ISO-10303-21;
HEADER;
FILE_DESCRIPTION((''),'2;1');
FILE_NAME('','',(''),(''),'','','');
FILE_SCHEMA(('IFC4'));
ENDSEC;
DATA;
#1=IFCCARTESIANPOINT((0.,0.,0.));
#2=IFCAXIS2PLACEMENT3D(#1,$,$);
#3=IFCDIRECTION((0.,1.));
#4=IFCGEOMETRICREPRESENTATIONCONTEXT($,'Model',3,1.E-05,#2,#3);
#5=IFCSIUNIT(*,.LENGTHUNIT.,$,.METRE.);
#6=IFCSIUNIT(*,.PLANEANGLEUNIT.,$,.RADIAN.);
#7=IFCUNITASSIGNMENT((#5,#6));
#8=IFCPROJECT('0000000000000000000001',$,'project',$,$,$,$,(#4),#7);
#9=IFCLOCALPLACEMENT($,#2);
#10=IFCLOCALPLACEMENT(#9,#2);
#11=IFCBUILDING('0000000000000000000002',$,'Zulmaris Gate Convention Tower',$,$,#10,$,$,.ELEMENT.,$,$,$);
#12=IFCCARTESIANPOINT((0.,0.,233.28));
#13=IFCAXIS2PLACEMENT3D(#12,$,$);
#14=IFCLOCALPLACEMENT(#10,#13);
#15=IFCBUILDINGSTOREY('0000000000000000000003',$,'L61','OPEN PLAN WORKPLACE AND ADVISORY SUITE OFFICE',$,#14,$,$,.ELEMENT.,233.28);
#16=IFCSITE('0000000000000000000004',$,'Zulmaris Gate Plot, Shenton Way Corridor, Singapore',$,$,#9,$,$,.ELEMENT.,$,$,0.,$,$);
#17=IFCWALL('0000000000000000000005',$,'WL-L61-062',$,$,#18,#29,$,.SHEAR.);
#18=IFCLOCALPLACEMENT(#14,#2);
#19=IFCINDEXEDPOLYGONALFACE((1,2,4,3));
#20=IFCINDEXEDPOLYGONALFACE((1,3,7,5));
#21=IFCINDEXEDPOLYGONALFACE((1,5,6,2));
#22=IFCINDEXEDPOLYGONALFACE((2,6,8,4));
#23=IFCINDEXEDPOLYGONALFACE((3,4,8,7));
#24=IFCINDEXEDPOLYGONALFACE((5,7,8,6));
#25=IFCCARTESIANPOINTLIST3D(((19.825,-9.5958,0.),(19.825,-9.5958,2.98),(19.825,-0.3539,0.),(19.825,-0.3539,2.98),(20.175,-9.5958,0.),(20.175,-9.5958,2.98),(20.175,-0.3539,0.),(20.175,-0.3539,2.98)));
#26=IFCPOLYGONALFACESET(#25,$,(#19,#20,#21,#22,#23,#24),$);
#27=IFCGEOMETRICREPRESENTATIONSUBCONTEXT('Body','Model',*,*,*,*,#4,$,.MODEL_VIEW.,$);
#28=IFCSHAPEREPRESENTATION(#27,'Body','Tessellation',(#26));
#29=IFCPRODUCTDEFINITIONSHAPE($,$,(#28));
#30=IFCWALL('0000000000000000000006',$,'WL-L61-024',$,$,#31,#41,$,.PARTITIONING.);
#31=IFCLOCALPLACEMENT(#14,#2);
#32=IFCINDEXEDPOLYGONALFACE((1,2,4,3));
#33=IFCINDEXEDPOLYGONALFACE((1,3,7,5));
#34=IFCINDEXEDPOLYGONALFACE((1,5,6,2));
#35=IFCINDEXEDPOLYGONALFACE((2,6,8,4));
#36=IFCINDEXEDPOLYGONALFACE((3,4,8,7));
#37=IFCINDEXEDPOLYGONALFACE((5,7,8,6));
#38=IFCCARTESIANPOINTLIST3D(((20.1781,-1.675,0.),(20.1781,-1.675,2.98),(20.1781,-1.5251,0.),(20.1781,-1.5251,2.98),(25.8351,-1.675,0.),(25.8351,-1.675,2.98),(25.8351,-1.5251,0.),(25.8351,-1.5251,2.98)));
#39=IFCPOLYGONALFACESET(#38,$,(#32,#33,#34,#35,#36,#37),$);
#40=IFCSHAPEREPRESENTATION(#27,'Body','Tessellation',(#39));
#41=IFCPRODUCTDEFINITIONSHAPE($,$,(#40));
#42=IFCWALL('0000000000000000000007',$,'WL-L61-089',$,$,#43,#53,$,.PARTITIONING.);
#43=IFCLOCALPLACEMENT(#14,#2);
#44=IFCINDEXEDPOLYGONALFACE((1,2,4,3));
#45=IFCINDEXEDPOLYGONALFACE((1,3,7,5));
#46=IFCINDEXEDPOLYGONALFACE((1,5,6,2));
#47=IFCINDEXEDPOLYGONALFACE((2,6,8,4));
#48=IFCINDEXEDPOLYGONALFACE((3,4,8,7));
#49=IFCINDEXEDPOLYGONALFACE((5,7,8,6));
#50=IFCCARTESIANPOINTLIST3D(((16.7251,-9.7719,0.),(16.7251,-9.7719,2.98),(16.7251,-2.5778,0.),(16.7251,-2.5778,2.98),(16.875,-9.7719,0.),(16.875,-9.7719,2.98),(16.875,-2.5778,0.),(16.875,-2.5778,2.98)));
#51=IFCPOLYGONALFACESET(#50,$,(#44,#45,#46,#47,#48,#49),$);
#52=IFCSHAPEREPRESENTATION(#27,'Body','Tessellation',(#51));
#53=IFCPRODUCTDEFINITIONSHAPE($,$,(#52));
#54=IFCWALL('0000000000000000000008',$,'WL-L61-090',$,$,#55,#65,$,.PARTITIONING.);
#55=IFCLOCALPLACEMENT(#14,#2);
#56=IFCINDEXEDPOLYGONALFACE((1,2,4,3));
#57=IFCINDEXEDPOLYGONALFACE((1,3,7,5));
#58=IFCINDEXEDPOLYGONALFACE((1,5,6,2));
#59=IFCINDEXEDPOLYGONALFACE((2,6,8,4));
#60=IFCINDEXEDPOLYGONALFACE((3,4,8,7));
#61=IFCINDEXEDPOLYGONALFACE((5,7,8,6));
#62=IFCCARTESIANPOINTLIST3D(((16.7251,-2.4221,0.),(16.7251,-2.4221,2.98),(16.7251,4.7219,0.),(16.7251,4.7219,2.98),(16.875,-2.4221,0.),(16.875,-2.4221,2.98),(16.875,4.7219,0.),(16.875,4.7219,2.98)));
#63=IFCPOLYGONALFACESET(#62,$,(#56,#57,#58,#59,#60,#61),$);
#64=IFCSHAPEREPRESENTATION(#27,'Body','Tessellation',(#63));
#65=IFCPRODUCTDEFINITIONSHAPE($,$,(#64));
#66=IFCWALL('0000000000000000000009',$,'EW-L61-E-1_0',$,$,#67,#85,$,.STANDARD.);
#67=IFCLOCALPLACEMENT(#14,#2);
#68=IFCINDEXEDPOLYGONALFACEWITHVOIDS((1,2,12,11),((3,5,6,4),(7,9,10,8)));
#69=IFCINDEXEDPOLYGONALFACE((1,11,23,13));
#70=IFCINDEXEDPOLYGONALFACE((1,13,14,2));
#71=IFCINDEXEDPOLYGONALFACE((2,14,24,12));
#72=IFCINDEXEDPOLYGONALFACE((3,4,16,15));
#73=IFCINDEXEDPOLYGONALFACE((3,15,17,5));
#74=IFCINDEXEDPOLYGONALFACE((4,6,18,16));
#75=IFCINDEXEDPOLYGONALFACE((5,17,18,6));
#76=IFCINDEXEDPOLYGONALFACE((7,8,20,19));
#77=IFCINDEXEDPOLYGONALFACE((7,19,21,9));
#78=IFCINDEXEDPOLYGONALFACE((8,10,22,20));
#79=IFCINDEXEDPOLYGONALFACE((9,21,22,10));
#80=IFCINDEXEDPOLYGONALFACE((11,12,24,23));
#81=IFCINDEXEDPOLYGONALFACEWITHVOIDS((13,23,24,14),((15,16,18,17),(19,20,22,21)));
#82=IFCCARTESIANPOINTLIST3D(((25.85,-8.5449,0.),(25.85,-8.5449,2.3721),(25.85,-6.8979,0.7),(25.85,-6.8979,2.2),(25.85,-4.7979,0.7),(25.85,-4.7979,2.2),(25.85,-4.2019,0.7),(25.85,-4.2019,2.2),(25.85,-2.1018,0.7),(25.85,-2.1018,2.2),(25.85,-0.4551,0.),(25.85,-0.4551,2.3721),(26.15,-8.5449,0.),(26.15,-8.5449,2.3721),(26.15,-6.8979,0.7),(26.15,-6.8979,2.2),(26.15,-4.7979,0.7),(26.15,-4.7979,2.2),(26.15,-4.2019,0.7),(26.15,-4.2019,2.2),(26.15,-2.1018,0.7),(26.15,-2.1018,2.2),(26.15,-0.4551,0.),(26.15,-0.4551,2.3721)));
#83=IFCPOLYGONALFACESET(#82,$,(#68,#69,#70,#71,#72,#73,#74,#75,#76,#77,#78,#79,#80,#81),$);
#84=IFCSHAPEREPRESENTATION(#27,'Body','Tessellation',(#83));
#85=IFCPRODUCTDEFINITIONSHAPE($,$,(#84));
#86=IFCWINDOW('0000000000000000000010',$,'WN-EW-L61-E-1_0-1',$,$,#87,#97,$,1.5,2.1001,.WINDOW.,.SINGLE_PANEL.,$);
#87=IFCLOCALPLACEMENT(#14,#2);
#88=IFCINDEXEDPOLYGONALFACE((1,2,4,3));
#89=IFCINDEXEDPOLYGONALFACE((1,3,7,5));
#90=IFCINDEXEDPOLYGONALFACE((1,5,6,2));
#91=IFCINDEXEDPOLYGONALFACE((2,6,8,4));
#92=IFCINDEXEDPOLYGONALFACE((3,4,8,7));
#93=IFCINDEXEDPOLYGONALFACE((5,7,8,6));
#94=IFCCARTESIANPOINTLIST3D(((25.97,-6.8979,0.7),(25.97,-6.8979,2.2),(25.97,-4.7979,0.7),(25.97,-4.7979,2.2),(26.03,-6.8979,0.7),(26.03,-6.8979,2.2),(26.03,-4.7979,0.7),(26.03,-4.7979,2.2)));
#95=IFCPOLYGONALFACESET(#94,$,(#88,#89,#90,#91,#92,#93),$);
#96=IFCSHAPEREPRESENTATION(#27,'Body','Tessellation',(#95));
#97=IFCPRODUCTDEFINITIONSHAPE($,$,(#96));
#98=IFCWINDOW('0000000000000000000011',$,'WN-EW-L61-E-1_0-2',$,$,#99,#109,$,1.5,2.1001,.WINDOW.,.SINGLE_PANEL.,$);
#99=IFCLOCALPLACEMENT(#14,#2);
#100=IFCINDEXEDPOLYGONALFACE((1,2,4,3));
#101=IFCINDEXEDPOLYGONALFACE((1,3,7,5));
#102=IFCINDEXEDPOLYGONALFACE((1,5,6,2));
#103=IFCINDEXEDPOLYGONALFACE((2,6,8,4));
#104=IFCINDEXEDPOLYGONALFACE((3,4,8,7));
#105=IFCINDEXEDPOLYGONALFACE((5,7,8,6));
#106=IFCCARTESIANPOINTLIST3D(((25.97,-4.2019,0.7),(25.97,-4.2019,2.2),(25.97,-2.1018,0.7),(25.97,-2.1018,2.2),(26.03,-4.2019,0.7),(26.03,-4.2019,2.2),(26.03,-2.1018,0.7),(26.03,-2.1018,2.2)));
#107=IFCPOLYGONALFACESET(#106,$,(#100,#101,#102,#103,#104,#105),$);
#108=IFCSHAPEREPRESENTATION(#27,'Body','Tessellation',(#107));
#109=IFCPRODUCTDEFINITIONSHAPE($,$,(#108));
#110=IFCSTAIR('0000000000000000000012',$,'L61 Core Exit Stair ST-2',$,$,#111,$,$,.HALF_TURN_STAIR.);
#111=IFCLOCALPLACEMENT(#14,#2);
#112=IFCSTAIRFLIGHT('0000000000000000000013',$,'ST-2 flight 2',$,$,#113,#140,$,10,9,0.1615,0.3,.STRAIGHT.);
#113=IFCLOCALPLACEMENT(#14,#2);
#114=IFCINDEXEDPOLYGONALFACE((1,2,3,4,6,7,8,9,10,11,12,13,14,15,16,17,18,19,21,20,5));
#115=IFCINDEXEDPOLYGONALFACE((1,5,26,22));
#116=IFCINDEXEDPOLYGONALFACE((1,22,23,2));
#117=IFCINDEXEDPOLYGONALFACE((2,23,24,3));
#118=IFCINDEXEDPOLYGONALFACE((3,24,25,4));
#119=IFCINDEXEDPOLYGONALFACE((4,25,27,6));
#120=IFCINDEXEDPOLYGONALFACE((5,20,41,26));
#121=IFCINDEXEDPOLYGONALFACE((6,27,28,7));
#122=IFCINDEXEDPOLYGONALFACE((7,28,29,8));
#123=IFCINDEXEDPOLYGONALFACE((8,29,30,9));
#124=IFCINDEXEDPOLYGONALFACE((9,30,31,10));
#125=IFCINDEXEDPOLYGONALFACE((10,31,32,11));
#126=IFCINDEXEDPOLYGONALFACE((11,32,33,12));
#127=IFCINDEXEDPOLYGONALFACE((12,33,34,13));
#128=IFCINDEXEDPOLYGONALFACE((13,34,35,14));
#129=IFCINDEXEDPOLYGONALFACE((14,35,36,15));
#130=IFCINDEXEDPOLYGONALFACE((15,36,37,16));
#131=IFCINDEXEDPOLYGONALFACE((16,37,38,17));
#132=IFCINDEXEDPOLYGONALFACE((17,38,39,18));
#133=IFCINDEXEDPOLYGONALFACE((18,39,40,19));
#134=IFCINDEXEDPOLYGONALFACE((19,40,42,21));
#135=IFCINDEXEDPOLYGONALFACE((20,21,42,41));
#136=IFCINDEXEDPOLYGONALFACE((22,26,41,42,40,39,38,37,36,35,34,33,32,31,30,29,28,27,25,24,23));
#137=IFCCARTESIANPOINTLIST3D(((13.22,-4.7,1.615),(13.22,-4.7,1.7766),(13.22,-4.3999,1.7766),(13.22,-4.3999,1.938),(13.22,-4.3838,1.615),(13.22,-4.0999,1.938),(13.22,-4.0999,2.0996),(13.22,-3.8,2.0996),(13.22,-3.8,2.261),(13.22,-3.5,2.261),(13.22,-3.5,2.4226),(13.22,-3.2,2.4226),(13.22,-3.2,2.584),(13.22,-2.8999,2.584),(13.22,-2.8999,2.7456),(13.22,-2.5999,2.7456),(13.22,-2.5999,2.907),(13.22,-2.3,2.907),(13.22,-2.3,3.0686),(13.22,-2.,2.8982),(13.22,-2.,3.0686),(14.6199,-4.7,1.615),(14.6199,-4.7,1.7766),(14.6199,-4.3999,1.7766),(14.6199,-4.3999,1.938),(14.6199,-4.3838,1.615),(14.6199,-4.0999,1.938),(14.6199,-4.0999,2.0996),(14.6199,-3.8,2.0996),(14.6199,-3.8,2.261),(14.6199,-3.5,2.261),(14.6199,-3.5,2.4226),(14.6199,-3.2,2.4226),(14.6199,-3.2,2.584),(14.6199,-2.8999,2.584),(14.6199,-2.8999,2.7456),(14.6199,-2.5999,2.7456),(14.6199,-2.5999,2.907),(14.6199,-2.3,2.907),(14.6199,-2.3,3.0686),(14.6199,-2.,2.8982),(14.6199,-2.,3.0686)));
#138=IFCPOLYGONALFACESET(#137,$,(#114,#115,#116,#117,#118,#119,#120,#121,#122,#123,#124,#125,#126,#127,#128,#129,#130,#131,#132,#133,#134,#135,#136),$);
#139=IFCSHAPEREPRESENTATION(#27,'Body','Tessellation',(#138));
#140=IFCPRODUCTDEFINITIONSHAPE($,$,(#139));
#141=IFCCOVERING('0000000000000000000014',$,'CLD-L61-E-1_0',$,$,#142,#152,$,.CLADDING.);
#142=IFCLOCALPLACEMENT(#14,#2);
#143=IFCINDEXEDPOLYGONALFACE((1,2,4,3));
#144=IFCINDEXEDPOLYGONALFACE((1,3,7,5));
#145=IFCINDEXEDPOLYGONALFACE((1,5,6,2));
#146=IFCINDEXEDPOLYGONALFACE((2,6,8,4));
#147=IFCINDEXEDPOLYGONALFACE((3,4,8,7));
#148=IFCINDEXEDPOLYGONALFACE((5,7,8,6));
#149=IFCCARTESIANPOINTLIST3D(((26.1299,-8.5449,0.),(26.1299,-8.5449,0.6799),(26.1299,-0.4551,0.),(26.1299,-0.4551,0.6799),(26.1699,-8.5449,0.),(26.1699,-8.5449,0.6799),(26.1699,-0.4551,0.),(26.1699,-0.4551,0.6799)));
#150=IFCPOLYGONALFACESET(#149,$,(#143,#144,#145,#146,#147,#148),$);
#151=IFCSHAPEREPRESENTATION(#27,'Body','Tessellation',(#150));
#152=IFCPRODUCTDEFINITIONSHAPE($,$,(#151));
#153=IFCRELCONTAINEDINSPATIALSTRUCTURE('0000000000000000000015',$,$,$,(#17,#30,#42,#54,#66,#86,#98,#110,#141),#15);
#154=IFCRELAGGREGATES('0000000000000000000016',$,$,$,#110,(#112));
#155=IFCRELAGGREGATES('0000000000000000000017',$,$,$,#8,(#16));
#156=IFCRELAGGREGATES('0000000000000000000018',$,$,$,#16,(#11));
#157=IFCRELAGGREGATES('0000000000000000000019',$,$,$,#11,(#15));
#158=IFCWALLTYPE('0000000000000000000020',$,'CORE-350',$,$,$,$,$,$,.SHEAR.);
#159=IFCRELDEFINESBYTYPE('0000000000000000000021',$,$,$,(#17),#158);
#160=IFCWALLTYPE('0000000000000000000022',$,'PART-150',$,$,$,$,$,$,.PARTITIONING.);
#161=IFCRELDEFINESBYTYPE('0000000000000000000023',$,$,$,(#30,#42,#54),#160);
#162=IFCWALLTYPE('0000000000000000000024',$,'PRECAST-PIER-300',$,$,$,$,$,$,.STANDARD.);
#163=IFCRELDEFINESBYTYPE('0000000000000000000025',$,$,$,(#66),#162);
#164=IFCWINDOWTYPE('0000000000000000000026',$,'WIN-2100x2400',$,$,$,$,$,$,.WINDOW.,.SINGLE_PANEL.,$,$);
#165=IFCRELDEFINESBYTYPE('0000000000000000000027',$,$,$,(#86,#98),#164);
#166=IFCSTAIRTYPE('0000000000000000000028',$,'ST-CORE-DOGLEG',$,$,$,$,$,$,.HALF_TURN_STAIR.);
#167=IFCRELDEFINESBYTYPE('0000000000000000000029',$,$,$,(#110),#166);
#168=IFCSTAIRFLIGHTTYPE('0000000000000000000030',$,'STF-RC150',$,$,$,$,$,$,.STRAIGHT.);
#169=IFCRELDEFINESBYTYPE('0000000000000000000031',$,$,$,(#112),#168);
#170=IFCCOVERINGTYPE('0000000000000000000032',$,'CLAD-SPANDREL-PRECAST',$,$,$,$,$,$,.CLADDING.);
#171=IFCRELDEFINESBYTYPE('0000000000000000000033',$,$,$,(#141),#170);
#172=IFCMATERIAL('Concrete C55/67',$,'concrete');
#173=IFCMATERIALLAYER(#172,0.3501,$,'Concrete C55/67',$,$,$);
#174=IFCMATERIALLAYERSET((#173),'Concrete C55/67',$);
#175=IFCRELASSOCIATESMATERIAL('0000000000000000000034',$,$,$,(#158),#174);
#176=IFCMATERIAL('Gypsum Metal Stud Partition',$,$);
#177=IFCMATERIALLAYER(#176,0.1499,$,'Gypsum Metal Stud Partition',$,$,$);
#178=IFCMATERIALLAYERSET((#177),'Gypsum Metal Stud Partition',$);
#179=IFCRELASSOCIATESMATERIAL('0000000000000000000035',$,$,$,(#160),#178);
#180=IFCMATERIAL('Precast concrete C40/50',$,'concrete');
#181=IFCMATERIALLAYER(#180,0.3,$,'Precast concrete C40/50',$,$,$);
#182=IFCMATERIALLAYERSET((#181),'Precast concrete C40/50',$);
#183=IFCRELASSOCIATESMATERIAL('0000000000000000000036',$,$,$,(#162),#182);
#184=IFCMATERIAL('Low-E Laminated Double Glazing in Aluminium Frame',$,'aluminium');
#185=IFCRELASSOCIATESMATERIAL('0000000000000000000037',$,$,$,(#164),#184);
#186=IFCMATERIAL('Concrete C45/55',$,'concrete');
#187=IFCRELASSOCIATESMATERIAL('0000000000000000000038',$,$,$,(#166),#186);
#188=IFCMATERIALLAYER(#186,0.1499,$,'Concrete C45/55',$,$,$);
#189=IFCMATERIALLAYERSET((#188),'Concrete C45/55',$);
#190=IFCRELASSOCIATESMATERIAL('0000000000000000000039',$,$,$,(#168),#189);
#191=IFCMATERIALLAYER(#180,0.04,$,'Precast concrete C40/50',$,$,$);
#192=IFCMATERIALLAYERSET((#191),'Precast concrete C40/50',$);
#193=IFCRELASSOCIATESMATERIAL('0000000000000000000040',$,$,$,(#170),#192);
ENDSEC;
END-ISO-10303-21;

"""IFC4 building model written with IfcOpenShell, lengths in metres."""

from ifc_helpers import new_model, si_unit, direction, frame, frame_2d, origin, place, context, subcontext, project, spatial, polyline, rectangle, outline, extrude, material, layer, layer_set, type_object, element, fill, aggregate, save


model = new_model("IFC4")

# Units and contexts
model_context = context("Model", 3, precision=1e-05, world=origin(), true_north=direction((0.0, 1.0)))
body_context = subcontext(model_context, "Body", "Model", "MODEL_VIEW")
ifc_project = project(units=[si_unit("LENGTHUNIT", "METRE"), si_unit("PLANEANGLEUNIT", "RADIAN")], contexts=[model_context])

# Site, building, storey
site_placement = place(None, origin())
site = spatial("IfcSite", under=ifc_project, at=site_placement, Name="Zulmaris Gate Plot, Shenton Way Corridor, Singapore", CompositionType="ELEMENT", RefElevation=0.0)
building_placement = place(site_placement, origin())
building = spatial("IfcBuilding", under=site, at=building_placement, Name="Zulmaris Gate Convention Tower", CompositionType="ELEMENT")
storey_placement = place(building_placement, frame((0.0, 0.0, 233.28)))
storey = spatial("IfcBuildingStorey", under=building, at=storey_placement, Name="L61", Description="OPEN PLAN WORKPLACE AND ADVISORY SUITE OFFICE", CompositionType="ELEMENT", Elevation=233.28)

# Wall
ifc_material_1 = material(Name="Concrete C55/67", Category="concrete")
ifc_layer_1 = layer(ifc_material_1, 0.3501, Name="Concrete C55/67")
ifc_layer_set_1 = layer_set([ifc_layer_1], Name="Concrete C55/67")
wall_type_1 = type_object("IfcWallType", Name="CORE-350", PredefinedType="SHEAR", material=ifc_layer_set_1)
wall_1_placement = place(storey_placement, frame((20.0, -9.5959, 0.0), z_axis=(0.0, 0.0, 1.0), x_axis=(0.0, 1.0, 0.0)))
element("IfcWall", 1, at=wall_1_placement, inside=storey, type_object=wall_type_1, Name="WL-L61-062", PredefinedType="SHEAR", context=body_context, shape_type="SweptSolid", body=[
    extrude(rectangle(XDim=9.2419, YDim=0.3501, at=frame_2d((4.6211, 0.0))), origin(), (0.0, 0.0, 1.0), 2.98),
])

# Shared definitions
ifc_material_2 = material(Name="Gypsum Metal Stud Partition")
ifc_layer_2 = layer(ifc_material_2, 0.1499, Name="Gypsum Metal Stud Partition")
ifc_layer_set_2 = layer_set([ifc_layer_2], Name="Gypsum Metal Stud Partition")
wall_type_2 = type_object("IfcWallType", Name="PART-150", PredefinedType="PARTITIONING", material=ifc_layer_set_2)

# Walls
wall_2_placement = place(storey_placement, frame((20.178, -1.6001, 0.0), z_axis=(0.0, 0.0, 1.0), x_axis=(1.0, 0.0, 0.0)))
element("IfcWall", 2, at=wall_2_placement, inside=storey, type_object=wall_type_2, Name="WL-L61-024", PredefinedType="PARTITIONING", context=body_context, shape_type="SweptSolid", body=[
    extrude(rectangle(XDim=5.657, YDim=0.1499, at=frame_2d((2.8286, 0.0))), origin(), (0.0, 0.0, 1.0), 2.98),
])
wall_3_placement = place(storey_placement, frame((16.8, -9.772, 0.0), z_axis=(0.0, 0.0, 1.0), x_axis=(0.0, 1.0, 0.0)))
element("IfcWall", 3, at=wall_3_placement, inside=storey, type_object=wall_type_2, Name="WL-L61-089", PredefinedType="PARTITIONING", context=body_context, shape_type="SweptSolid", body=[
    extrude(rectangle(XDim=7.1941, YDim=0.1499, at=frame_2d((3.5972, 0.0))), origin(), (0.0, 0.0, 1.0), 2.98),
])
wall_4_placement = place(storey_placement, frame((16.8, -2.4221, 0.0), z_axis=(0.0, 0.0, 1.0), x_axis=(0.0, 1.0, 0.0)))
element("IfcWall", 4, at=wall_4_placement, inside=storey, type_object=wall_type_2, Name="WL-L61-090", PredefinedType="PARTITIONING", context=body_context, shape_type="SweptSolid", body=[
    extrude(rectangle(XDim=7.144, YDim=0.1499, at=frame_2d((3.572, 0.0))), origin(), (0.0, 0.0, 1.0), 2.98),
])

# Wall, openings, windows
ifc_material_3 = material(Name="Precast concrete C40/50", Category="concrete")
ifc_layer_3 = layer(ifc_material_3, 0.3, Name="Precast concrete C40/50")
ifc_layer_set_3 = layer_set([ifc_layer_3], Name="Precast concrete C40/50")
wall_type_3 = type_object("IfcWallType", Name="PRECAST-PIER-300", PredefinedType="STANDARD", material=ifc_layer_set_3)
wall_5_placement = place(storey_placement, frame((26.0, -8.5449, 0.0), z_axis=(0.0, 0.0, 1.0), x_axis=(0.0, 1.0, 0.0)))
wall_5 = element("IfcWall", 5, at=wall_5_placement, inside=storey, type_object=wall_type_3, Name="EW-L61-E-1_0", PredefinedType="STANDARD", context=body_context, shape_type="SweptSolid", body=[
    extrude(rectangle(XDim=8.0898, YDim=0.3, at=frame_2d((4.0449, 0.0))), origin(), (0.0, 0.0, 1.0), 2.3721),
])
opening_1_placement = place(wall_5_placement, frame((1.647, 0.0, 0.7)))
opening_1 = element("IfcOpeningElement", 6, at=opening_1_placement, cuts=wall_5, PredefinedType="OPENING", context=body_context, shape_type="SweptSolid", body=[
    extrude(rectangle(XDim=2.1001, YDim=1.5, at=frame_2d((1.05, 0.75))), frame((0.0, 0.1602, 0.0), z_axis=(0.0, -1.0, 0.0), x_axis=(1.0, 0.0, 0.0)), (0.0, 0.0, 1.0), 0.3201),
])
opening_2_placement = place(wall_5_placement, frame((4.343, 0.0, 0.7)))
opening_2 = element("IfcOpeningElement", 7, at=opening_2_placement, cuts=wall_5, PredefinedType="OPENING", context=body_context, shape_type="SweptSolid", body=[
    extrude(rectangle(XDim=2.1001, YDim=1.5, at=frame_2d((1.05, 0.75))), frame((0.0, 0.1602, 0.0), z_axis=(0.0, -1.0, 0.0), x_axis=(1.0, 0.0, 0.0)), (0.0, 0.0, 1.0), 0.3201),
])
ifc_material_4 = material(Name="Low-E Laminated Double Glazing in Aluminium Frame", Category="aluminium")
window_type = type_object("IfcWindowType", Name="WIN-2100x2400", PartitioningType="SINGLE_PANEL", PredefinedType="WINDOW", material=ifc_material_4)
window_1_placement = place(opening_1_placement, origin())
window_1 = element("IfcWindow", 8, at=window_1_placement, inside=storey, type_object=window_type, Name="WN-EW-L61-E-1_0-1", OverallHeight=1.5, OverallWidth=2.1001, PartitioningType="SINGLE_PANEL", PredefinedType="WINDOW", context=body_context, shape_type="SweptSolid", body=[
    extrude(rectangle(XDim=2.1001, YDim=1.5, at=frame_2d((1.05, 0.75))), frame((0.0, 0.03, 0.0), z_axis=(0.0, -1.0, 0.0), x_axis=(1.0, 0.0, 0.0)), (0.0, 0.0, 1.0), 0.0601),
])
fill(opening_1, window_1)
window_2_placement = place(opening_2_placement, origin())
window_2 = element("IfcWindow", 9, at=window_2_placement, inside=storey, type_object=window_type, Name="WN-EW-L61-E-1_0-2", OverallHeight=1.5, OverallWidth=2.1001, PartitioningType="SINGLE_PANEL", PredefinedType="WINDOW", context=body_context, shape_type="SweptSolid", body=[
    extrude(rectangle(XDim=2.1001, YDim=1.5, at=frame_2d((1.05, 0.75))), frame((0.0, 0.03, 0.0), z_axis=(0.0, -1.0, 0.0), x_axis=(1.0, 0.0, 0.0)), (0.0, 0.0, 1.0), 0.0601),
])
fill(opening_2, window_2)

# Stair, stair flight
ifc_material_5 = material(Name="Concrete C45/55", Category="concrete")
stair_type = type_object("IfcStairType", Name="ST-CORE-DOGLEG", PredefinedType="HALF_TURN_STAIR", material=ifc_material_5)
stair_placement = place(storey_placement, origin())
stair = element("IfcStair", 10, at=stair_placement, inside=storey, type_object=stair_type, Name="L61 Core Exit Stair ST-2", PredefinedType="HALF_TURN_STAIR")
ifc_layer_4 = layer(ifc_material_5, 0.1499, Name="Concrete C45/55")
ifc_layer_set_4 = layer_set([ifc_layer_4], Name="Concrete C45/55")
stair_flight_type = type_object("IfcStairFlightType", Name="STF-RC150", PredefinedType="STRAIGHT", material=ifc_layer_set_4)
stair_flight_placement = place(storey_placement, frame((13.9199, -4.7, 1.615), z_axis=(0.0, 0.0, 1.0), x_axis=(0.0, 1.0, 0.0)))
stair_flight = element("IfcStairFlight", 11, at=stair_flight_placement, type_object=stair_flight_type, Name="ST-2 flight 2", NumberOfRisers=10, NumberOfTreads=9, PredefinedType="STRAIGHT", RiserHeight=0.1615, TreadLength=0.3, context=body_context, shape_type="SweptSolid", body=[
    extrude(outline(polyline([(0.0, 0.0), (0.0, 0.1616), (0.3, 0.1616), (0.3, 0.323), (0.6001, 0.323), (0.6001, 0.4846), (0.8999, 0.4846), (0.8999, 0.646), (1.2, 0.646), (1.2, 0.8076), (1.5, 0.8076), (1.5, 0.969), (1.8, 0.969), (1.8, 1.1306), (2.1001, 1.1306), (2.1001, 1.292), (2.3999, 1.292), (2.3999, 1.4536), (2.7, 1.4536), (2.7, 1.615), (2.7, 1.2832), (0.3162, 0.0), (0.0, 0.0)])), frame((0.0, 0.7, 0.0), z_axis=(0.0, -1.0, 0.0), x_axis=(1.0, 0.0, 0.0)), (0.0, 0.0, 1.0), 1.3999),
])
aggregate(stair, [stair_flight])

# Covering
ifc_layer_5 = layer(ifc_material_3, 0.04, Name="Precast concrete C40/50")
ifc_layer_set_5 = layer_set([ifc_layer_5], Name="Precast concrete C40/50")
covering_type = type_object("IfcCoveringType", Name="CLAD-SPANDREL-PRECAST", PredefinedType="CLADDING", material=ifc_layer_set_5)
covering_placement = place(storey_placement, frame((26.1499, -8.5449, 0.0), z_axis=(0.0, 0.0, 1.0), x_axis=(0.0, 1.0, 0.0)))
element("IfcCovering", 12, at=covering_placement, inside=storey, type_object=covering_type, Name="CLD-L61-E-1_0", PredefinedType="CLADDING", context=body_context, shape_type="SweptSolid", body=[
    extrude(rectangle(XDim=8.0898, YDim=0.04, at=frame_2d((4.0449, 0.0))), origin(), (0.0, 0.0, 1.0), 0.6799),
])

save(model, "model.ifc")
